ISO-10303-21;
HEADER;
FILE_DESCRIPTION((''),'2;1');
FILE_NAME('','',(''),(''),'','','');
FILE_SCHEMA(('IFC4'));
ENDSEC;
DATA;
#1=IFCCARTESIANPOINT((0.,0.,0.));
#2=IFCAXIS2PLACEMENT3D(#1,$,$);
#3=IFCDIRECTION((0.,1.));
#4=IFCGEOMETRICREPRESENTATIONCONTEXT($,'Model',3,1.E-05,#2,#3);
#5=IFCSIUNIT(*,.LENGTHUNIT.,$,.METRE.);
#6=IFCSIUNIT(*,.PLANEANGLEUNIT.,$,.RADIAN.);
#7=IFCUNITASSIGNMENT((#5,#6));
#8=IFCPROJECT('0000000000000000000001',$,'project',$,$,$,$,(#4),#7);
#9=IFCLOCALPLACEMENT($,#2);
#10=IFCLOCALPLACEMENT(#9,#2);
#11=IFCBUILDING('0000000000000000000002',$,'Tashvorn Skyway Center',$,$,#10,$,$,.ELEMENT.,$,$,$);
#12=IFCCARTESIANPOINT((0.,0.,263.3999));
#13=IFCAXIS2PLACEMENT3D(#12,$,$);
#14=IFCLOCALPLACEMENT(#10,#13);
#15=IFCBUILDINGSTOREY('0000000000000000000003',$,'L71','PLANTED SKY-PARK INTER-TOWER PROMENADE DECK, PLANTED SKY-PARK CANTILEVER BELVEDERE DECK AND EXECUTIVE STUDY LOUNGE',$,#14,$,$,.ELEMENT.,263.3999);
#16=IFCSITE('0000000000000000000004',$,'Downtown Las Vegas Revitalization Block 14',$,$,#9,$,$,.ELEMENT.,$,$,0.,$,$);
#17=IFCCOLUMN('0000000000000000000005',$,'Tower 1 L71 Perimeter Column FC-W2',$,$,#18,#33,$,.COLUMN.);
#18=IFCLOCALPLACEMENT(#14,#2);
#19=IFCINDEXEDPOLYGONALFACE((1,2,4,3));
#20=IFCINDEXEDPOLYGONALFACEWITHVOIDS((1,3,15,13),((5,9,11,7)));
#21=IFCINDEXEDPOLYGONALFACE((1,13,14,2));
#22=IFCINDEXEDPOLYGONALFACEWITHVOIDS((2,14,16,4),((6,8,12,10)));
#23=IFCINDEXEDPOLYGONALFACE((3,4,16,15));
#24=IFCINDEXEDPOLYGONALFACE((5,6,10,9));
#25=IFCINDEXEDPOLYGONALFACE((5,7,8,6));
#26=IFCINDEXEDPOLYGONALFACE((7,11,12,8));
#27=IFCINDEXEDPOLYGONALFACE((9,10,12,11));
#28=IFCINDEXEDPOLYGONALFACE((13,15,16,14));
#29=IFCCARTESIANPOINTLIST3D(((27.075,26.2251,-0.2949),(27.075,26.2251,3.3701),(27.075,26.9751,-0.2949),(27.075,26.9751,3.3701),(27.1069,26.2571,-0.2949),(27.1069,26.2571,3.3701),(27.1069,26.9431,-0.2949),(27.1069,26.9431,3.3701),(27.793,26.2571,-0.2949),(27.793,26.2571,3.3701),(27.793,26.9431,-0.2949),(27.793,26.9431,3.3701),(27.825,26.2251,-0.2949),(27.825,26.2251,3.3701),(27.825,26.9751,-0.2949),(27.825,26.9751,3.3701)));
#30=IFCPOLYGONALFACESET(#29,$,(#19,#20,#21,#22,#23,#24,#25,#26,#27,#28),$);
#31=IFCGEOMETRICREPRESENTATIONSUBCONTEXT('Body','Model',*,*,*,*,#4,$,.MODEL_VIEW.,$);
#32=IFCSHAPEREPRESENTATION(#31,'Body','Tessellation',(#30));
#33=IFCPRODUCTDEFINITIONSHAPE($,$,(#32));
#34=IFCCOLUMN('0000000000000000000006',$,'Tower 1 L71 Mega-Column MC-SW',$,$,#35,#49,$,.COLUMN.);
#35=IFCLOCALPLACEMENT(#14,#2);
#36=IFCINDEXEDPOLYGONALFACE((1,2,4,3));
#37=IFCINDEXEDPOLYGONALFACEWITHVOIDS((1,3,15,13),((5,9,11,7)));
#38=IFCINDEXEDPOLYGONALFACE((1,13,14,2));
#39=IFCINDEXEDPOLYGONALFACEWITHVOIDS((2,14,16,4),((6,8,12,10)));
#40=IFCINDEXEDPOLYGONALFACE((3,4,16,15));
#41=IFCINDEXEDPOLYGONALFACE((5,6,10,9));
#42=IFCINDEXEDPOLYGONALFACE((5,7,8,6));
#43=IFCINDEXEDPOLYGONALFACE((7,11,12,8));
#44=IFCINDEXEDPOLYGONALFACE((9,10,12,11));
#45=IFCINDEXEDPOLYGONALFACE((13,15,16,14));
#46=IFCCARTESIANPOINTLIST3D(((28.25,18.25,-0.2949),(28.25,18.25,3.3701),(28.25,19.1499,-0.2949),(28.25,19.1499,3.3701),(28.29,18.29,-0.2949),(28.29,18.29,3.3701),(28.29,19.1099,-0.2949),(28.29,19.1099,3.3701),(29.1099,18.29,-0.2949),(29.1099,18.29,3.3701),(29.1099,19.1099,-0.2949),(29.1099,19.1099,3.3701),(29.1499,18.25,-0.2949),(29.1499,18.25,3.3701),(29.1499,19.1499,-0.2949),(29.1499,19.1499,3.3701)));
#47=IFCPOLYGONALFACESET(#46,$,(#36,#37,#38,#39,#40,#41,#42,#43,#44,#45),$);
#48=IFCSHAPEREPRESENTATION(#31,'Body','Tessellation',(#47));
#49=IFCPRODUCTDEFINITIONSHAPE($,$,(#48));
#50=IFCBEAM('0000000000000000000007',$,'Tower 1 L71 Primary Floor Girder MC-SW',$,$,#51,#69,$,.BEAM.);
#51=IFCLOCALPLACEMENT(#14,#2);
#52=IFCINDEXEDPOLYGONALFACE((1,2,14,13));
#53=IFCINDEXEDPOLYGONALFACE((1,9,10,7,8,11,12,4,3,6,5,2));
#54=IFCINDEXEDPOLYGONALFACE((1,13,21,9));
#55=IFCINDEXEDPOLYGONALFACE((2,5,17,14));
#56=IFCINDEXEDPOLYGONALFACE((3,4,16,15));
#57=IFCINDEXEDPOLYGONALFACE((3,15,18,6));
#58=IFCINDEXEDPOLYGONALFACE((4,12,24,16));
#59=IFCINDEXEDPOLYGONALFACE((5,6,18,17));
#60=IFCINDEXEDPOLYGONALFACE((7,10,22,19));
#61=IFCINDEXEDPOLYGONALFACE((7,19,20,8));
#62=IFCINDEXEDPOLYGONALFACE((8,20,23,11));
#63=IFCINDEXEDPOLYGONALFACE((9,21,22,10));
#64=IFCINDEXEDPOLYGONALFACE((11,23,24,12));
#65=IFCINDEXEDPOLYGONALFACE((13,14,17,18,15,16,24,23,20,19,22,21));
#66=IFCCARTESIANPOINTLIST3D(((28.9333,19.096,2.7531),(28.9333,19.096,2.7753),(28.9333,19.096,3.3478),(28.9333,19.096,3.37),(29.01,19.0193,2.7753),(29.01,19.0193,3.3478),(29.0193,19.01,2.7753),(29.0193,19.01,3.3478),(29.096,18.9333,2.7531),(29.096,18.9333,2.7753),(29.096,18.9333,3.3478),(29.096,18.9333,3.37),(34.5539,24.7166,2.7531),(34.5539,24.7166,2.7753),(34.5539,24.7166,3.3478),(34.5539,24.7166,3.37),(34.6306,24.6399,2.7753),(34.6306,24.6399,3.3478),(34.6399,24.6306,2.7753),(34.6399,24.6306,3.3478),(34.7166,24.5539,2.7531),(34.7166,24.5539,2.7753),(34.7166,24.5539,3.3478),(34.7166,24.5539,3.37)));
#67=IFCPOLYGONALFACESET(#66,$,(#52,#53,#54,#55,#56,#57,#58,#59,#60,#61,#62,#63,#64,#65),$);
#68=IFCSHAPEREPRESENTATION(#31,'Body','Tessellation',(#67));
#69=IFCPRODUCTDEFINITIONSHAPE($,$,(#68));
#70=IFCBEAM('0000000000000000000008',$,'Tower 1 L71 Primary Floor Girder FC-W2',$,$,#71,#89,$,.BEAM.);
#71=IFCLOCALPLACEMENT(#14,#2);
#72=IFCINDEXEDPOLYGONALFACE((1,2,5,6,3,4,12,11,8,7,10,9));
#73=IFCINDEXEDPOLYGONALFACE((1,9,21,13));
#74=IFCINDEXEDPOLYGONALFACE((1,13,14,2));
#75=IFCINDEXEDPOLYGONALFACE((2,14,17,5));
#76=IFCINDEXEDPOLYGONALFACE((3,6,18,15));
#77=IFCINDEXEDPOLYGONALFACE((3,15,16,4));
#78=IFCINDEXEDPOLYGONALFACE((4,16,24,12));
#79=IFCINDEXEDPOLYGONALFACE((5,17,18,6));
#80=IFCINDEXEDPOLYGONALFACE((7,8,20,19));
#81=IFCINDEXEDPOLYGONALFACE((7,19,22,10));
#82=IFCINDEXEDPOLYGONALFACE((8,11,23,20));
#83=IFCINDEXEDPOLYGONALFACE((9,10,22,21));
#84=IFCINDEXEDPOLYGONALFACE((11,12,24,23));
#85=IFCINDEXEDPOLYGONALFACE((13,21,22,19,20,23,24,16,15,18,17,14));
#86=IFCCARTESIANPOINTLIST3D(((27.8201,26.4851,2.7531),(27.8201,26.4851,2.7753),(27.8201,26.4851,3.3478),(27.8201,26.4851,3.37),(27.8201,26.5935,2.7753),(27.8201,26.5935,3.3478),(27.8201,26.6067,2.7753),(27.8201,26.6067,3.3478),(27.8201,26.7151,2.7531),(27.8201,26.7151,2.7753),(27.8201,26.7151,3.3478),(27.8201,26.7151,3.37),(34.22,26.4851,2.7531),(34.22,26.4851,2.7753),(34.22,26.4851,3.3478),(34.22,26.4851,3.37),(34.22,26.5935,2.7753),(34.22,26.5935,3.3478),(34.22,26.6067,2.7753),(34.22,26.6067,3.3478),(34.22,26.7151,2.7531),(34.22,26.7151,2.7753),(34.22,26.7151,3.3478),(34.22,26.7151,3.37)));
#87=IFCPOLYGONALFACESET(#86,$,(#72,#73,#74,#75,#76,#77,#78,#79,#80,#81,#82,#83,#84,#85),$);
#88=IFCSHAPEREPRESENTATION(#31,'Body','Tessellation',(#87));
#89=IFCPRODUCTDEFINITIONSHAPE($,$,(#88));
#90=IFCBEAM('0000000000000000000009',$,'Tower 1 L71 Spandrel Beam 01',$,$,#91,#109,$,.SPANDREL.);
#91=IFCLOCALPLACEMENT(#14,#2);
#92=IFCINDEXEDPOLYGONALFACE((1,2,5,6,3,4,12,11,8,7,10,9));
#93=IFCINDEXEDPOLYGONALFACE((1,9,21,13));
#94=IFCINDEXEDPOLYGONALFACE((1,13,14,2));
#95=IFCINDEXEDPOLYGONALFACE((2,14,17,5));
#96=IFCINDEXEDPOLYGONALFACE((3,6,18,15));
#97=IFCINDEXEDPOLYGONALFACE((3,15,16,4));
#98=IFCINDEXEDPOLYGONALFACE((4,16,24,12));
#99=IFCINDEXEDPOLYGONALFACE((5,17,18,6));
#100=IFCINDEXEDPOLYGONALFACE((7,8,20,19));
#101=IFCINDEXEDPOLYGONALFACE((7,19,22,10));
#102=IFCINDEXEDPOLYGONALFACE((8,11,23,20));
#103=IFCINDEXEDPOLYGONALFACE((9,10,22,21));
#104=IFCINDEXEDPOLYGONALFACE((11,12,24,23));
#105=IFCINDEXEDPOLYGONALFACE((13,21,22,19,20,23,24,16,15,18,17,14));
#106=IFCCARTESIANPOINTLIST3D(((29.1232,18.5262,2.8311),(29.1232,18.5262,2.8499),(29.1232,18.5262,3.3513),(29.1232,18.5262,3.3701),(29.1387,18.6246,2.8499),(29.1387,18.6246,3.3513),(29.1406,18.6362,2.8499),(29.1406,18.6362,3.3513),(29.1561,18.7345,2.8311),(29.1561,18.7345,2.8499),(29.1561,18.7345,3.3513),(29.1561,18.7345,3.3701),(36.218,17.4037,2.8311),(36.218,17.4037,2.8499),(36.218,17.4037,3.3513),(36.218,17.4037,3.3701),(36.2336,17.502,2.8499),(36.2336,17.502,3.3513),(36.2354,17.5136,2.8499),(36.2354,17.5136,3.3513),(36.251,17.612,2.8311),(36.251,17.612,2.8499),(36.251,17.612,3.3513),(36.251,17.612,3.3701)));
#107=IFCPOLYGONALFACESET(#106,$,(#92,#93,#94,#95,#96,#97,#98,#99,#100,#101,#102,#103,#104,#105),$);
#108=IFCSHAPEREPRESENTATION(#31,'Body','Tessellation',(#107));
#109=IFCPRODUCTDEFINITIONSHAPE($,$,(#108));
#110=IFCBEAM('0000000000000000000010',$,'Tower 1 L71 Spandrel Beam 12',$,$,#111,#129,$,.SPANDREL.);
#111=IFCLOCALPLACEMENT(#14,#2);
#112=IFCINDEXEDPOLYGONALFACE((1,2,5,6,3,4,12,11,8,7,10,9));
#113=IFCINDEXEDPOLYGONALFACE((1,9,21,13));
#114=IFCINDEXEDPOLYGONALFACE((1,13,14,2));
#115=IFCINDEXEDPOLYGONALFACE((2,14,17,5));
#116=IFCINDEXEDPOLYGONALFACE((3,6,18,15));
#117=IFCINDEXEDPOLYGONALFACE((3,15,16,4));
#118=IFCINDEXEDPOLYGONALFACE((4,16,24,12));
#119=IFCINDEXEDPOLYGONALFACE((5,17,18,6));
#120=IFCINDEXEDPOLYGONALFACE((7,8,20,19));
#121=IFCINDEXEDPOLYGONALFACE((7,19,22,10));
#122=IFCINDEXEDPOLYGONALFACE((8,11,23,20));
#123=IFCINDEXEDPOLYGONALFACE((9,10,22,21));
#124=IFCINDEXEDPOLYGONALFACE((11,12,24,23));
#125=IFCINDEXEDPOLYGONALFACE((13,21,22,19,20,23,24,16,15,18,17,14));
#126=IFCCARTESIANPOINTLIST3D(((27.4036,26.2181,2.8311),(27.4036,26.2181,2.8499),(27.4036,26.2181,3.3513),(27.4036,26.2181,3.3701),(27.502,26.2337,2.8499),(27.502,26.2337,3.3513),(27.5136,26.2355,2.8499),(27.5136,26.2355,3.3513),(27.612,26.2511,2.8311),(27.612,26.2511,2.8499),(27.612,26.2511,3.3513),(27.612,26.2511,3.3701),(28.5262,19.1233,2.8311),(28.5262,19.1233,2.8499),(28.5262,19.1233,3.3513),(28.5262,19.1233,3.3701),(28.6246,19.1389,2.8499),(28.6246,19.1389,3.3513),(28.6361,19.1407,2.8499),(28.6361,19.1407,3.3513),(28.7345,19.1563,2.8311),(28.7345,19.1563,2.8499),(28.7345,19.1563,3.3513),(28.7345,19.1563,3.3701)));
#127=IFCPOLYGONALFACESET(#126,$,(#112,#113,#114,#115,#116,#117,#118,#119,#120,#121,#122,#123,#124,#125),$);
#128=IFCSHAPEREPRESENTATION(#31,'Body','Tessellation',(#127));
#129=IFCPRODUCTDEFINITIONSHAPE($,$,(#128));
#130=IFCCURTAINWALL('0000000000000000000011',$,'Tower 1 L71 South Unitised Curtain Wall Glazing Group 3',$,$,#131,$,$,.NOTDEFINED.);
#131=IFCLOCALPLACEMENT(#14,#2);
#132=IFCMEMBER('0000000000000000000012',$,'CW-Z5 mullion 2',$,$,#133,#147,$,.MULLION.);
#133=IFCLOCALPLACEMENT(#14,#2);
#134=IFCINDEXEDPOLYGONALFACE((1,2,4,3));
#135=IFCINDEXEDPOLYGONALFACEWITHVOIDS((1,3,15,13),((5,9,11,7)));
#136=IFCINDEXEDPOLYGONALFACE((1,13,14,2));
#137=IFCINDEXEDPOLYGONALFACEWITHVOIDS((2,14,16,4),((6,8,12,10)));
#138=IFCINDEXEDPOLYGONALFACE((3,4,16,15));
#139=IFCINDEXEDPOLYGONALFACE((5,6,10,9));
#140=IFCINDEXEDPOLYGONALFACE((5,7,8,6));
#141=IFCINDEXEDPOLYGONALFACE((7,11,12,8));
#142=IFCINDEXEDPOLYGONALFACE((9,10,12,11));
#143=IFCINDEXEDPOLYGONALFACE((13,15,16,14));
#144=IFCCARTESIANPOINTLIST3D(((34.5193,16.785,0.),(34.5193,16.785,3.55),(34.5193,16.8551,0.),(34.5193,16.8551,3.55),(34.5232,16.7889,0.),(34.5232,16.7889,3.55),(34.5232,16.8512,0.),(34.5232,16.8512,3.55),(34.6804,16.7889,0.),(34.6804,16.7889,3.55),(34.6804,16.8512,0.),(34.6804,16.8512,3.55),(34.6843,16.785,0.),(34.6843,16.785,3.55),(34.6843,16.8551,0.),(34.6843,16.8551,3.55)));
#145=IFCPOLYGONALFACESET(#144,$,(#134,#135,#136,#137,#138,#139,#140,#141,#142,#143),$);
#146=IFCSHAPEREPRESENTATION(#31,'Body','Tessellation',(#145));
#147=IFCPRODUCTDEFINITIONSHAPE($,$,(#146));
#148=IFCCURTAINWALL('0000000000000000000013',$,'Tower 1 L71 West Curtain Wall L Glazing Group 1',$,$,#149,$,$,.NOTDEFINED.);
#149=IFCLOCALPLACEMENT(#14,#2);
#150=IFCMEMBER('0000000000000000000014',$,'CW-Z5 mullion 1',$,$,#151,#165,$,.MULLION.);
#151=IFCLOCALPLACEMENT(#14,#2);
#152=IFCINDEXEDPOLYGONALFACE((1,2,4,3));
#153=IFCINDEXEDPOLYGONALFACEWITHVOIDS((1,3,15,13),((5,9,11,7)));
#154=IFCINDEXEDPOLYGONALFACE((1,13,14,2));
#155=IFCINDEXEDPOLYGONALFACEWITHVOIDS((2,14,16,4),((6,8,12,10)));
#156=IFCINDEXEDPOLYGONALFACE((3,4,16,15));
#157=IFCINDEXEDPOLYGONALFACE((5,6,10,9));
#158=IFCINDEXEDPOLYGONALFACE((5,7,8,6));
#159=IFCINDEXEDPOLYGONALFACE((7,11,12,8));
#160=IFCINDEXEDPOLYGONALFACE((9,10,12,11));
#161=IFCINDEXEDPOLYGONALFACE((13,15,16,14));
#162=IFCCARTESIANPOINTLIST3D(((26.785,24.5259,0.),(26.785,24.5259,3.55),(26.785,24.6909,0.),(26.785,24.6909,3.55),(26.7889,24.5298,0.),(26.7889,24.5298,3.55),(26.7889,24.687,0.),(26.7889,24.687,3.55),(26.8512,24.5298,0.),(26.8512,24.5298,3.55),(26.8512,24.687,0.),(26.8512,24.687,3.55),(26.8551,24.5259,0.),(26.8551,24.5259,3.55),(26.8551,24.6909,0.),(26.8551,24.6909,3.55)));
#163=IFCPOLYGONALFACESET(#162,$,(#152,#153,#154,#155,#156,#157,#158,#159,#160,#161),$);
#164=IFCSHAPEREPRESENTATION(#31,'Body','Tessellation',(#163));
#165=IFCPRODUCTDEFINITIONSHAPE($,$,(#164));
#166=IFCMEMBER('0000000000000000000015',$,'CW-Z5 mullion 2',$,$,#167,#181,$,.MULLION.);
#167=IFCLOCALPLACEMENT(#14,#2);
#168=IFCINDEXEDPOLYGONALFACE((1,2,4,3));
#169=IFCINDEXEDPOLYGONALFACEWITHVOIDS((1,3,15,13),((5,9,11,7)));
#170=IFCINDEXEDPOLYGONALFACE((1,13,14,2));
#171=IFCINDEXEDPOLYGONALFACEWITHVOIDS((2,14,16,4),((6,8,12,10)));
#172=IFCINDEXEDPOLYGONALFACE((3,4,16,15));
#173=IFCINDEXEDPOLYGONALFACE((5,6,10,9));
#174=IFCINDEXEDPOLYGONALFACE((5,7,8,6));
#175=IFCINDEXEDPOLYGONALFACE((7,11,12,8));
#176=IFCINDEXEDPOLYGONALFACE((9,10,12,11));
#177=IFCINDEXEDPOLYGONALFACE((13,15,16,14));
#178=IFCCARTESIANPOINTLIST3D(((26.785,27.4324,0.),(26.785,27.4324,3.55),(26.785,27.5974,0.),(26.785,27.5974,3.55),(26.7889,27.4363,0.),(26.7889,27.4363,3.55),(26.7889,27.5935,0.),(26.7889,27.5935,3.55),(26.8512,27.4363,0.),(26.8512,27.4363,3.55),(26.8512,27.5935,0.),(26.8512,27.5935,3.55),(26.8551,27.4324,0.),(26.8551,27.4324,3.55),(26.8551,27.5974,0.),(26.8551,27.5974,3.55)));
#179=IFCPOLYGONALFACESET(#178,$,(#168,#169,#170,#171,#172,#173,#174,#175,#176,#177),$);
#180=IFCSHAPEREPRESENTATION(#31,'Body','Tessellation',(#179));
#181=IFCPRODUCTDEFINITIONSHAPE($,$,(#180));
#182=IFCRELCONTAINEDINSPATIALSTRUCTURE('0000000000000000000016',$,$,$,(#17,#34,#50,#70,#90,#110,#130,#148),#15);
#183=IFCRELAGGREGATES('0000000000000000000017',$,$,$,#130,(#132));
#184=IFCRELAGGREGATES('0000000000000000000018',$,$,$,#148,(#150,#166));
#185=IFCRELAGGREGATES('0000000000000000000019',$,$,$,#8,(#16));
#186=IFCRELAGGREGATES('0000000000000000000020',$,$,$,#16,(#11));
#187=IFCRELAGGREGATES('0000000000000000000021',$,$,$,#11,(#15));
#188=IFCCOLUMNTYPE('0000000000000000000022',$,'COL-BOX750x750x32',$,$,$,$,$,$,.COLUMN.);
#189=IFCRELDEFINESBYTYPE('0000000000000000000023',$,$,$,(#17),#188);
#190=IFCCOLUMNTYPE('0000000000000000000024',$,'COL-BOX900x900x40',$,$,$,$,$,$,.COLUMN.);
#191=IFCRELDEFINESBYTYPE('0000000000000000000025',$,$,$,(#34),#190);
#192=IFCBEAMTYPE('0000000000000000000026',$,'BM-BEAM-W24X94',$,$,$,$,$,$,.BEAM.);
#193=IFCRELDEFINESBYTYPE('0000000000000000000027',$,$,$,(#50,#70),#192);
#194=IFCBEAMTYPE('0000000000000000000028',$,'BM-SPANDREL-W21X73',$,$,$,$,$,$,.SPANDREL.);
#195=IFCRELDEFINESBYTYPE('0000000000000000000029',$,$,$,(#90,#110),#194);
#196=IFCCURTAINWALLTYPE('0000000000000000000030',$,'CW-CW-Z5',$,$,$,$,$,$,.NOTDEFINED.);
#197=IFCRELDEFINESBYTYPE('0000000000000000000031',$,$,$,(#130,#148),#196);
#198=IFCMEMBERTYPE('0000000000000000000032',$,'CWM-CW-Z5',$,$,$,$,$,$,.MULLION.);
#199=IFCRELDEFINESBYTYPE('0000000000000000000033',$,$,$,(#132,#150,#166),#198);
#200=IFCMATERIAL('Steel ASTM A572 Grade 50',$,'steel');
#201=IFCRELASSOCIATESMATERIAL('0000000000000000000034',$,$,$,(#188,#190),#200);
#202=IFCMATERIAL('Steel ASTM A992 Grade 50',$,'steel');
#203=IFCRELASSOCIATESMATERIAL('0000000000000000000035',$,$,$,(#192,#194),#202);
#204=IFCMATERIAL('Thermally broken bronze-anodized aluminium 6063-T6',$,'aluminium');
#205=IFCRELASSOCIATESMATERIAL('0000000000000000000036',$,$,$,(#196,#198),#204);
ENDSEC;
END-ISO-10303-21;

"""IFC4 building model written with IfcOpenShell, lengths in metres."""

from ifc_helpers import new_model, si_unit, direction, frame, origin, origin_2d, place, context, subcontext, project, spatial, hollow_rectangle, i_section, extrude, material, material_profile, profile_set, type_object, element, aggregate, save


model = new_model("IFC4")

# Units and contexts
model_context = context("Model", 3, precision=1e-05, world=origin(), true_north=direction((0.0, 1.0)))
body_context = subcontext(model_context, "Body", "Model", "MODEL_VIEW")
ifc_project = project(units=[si_unit("LENGTHUNIT", "METRE"), si_unit("PLANEANGLEUNIT", "RADIAN")], contexts=[model_context])

# Site, building, storey
site_placement = place(None, origin())
site = spatial("IfcSite", under=ifc_project, at=site_placement, Name="Downtown Las Vegas Revitalization Block 14", CompositionType="ELEMENT", RefElevation=0.0)
building_placement = place(site_placement, origin())
building = spatial("IfcBuilding", under=site, at=building_placement, Name="Tashvorn Skyway Center", CompositionType="ELEMENT")
storey_placement = place(building_placement, frame((0.0, 0.0, 263.3999)))
storey = spatial("IfcBuildingStorey", under=building, at=storey_placement, Name="L71", Description="PLANTED SKY-PARK INTER-TOWER PROMENADE DECK, PLANTED SKY-PARK CANTILEVER BELVEDERE DECK AND EXECUTIVE STUDY LOUNGE", CompositionType="ELEMENT", Elevation=263.3999)

# Columns
ifc_material_1 = material(Name="Steel ASTM A572 Grade 50", Category="steel")
ifc_material_profile_1 = material_profile(ifc_material_1, hollow_rectangle(XDim=0.75, YDim=0.75, WallThickness=0.032, at=origin_2d()), Name="BOX750x750x32")
ifc_profile_set_1 = profile_set([ifc_material_profile_1], Name="Steel ASTM A572 Grade 50")
column_type_1 = type_object("IfcColumnType", Name="COL-BOX750x750x32", PredefinedType="COLUMN", material=ifc_profile_set_1)
column_1_placement = place(storey_placement, frame((27.45, 26.6001, -0.2949), z_axis=(0.0, 0.0, 1.0), x_axis=(1.0, 0.0, 0.0)))
element("IfcColumn", 1, at=column_1_placement, inside=storey, type_object=column_type_1, Name="Tower 1 L71 Perimeter Column FC-W2", PredefinedType="COLUMN", context=body_context, shape_type="SweptSolid", body=[
    extrude(hollow_rectangle(XDim=0.75, YDim=0.75, WallThickness=0.032, at=origin_2d()), origin(), (0.0, 0.0, 1.0), 3.665),
])
ifc_material_profile_2 = material_profile(ifc_material_1, hollow_rectangle(XDim=0.8999, YDim=0.8999, WallThickness=0.04, at=origin_2d()), Name="BOX900x900x40")
ifc_profile_set_2 = profile_set([ifc_material_profile_2], Name="Steel ASTM A572 Grade 50")
column_type_2 = type_object("IfcColumnType", Name="COL-BOX900x900x40", PredefinedType="COLUMN", material=ifc_profile_set_2)
column_2_placement = place(storey_placement, frame((28.7, 18.7, -0.2949), z_axis=(0.0, 0.0, 1.0), x_axis=(1.0, 0.0, 0.0)))
element("IfcColumn", 2, at=column_2_placement, inside=storey, type_object=column_type_2, Name="Tower 1 L71 Mega-Column MC-SW", PredefinedType="COLUMN", context=body_context, shape_type="SweptSolid", body=[
    extrude(hollow_rectangle(XDim=0.8999, YDim=0.8999, WallThickness=0.04, at=origin_2d()), origin(), (0.0, 0.0, 1.0), 3.665),
])

# Beams
ifc_material_2 = material(Name="Steel ASTM A992 Grade 50", Category="steel")
ifc_material_profile_3 = material_profile(ifc_material_2, i_section(OverallWidth=0.23, OverallDepth=0.6169, WebThickness=0.0132, FlangeThickness=0.0222, at=origin_2d()), Name="W24X94")
ifc_profile_set_3 = profile_set([ifc_material_profile_3], Name="Steel ASTM A992 Grade 50")
beam_type_1 = type_object("IfcBeamType", Name="BM-BEAM-W24X94", PredefinedType="BEAM", material=ifc_profile_set_3)
beam_1_placement = place(storey_placement, frame((29.0146, 19.0146, 3.0615), z_axis=(0.707107, 0.707107, 0.0), x_axis=(-0.707107, 0.707107, 0.0)))
element("IfcBeam", 3, at=beam_1_placement, inside=storey, type_object=beam_type_1, Name="Tower 1 L71 Primary Floor Girder MC-SW", PredefinedType="BEAM", context=body_context, shape_type="SweptSolid", body=[
    extrude(i_section(OverallWidth=0.23, OverallDepth=0.6169, WebThickness=0.0132, FlangeThickness=0.0222, at=origin_2d()), origin(), (0.0, 0.0, 1.0), 7.9487),
])
beam_2_placement = place(storey_placement, frame((27.8201, 26.6001, 3.0615), z_axis=(1.0, 0.0, 0.0), x_axis=(0.0, 1.0, 0.0)))
element("IfcBeam", 4, at=beam_2_placement, inside=storey, type_object=beam_type_1, Name="Tower 1 L71 Primary Floor Girder FC-W2", PredefinedType="BEAM", context=body_context, shape_type="SweptSolid", body=[
    extrude(i_section(OverallWidth=0.23, OverallDepth=0.6169, WebThickness=0.0132, FlangeThickness=0.0222, at=origin_2d()), origin(), (0.0, 0.0, 1.0), 6.3999),
])
ifc_material_profile_4 = material_profile(ifc_material_2, i_section(OverallWidth=0.2109, OverallDepth=0.5391, WebThickness=0.0117, FlangeThickness=0.0188, at=origin_2d()), Name="W21X73")
ifc_profile_set_4 = profile_set([ifc_material_profile_4], Name="Steel ASTM A992 Grade 50")
beam_type_2 = type_object("IfcBeamType", Name="BM-SPANDREL-W21X73", PredefinedType="SPANDREL", material=ifc_profile_set_4)
for number, where, z_axis, x_axis, name in (
    (5, (29.1396, 18.6304, 3.1006), (0.987714, -0.156275, 0.0), (0.156275, 0.987714, 0.0), "Tower 1 L71 Spandrel Beam 01"),
    (6, (27.5078, 26.2346, 3.1006), (0.156275, -0.987714, 0.0), (0.987714, 0.156275, 0.0), "Tower 1 L71 Spandrel Beam 12"),
):
    element("IfcBeam", number, at=place(storey_placement, frame(where, z_axis=z_axis, x_axis=x_axis)), inside=storey, type_object=beam_type_2, Name=name, PredefinedType="SPANDREL", context=body_context, shape_type="SweptSolid", body=[
        extrude(i_section(OverallWidth=0.2109, OverallDepth=0.5391, WebThickness=0.0117, FlangeThickness=0.0188, at=origin_2d()), origin(), (0.0, 0.0, 1.0), 7.1831),
    ])

# Curtain wall, member
ifc_material_3 = material(Name="Thermally broken bronze-anodized aluminium 6063-T6", Category="aluminium")
curtain_wall_type = type_object("IfcCurtainWallType", Name="CW-CW-Z5", PredefinedType="NOTDEFINED", material=ifc_material_3)
curtain_wall_1_placement = place(storey_placement, origin())
curtain_wall_1 = element("IfcCurtainWall", 7, at=curtain_wall_1_placement, inside=storey, type_object=curtain_wall_type, Name="Tower 1 L71 South Unitised Curtain Wall Glazing Group 3", PredefinedType="NOTDEFINED")
ifc_material_profile_5 = material_profile(ifc_material_3, hollow_rectangle(XDim=0.0701, YDim=0.165, WallThickness=0.0039, at=origin_2d()), Name="ALU-MULL-70x165")
ifc_profile_set_5 = profile_set([ifc_material_profile_5], Name="Thermally broken bronze-anodized aluminium 6063-T6")
member_type_1 = type_object("IfcMemberType", Name="CWM-CW-Z5", PredefinedType="MULLION", material=ifc_profile_set_5)
member_1_placement = place(storey_placement, frame((34.6018, 16.8201, 0.0), z_axis=(0.0, 0.0, 1.0), x_axis=(0.0, -1.0, 0.0)))
member_1 = element("IfcMember", 8, at=member_1_placement, type_object=member_type_1, Name="CW-Z5 mullion 2", PredefinedType="MULLION", context=body_context, shape_type="SweptSolid", body=[
    extrude(hollow_rectangle(XDim=0.0701, YDim=0.165, WallThickness=0.0039, at=origin_2d()), origin(), (0.0, 0.0, 1.0), 3.55),
])
aggregate(curtain_wall_1, [member_1])

# Curtain wall, members
curtain_wall_2_placement = place(storey_placement, origin())
curtain_wall_2 = element("IfcCurtainWall", 9, at=curtain_wall_2_placement, inside=storey, type_object=curtain_wall_type, Name="Tower 1 L71 West Curtain Wall L Glazing Group 1", PredefinedType="NOTDEFINED")
member_2_placement = place(storey_placement, frame((26.8201, 24.6084, 0.0), z_axis=(0.0, 0.0, 1.0), x_axis=(-1.0, 0.0, 0.0)))
member_2 = element("IfcMember", 10, at=member_2_placement, type_object=member_type_1, Name="CW-Z5 mullion 1", PredefinedType="MULLION", context=body_context, shape_type="SweptSolid", body=[
    extrude(hollow_rectangle(XDim=0.0701, YDim=0.165, WallThickness=0.0039, at=origin_2d()), origin(), (0.0, 0.0, 1.0), 3.55),
])
member_3_placement = place(storey_placement, frame((26.8201, 27.5149, 0.0), z_axis=(0.0, 0.0, 1.0), x_axis=(-1.0, 0.0, 0.0)))
member_3 = element("IfcMember", 11, at=member_3_placement, type_object=member_type_1, Name="CW-Z5 mullion 2", PredefinedType="MULLION", context=body_context, shape_type="SweptSolid", body=[
    extrude(hollow_rectangle(XDim=0.0701, YDim=0.165, WallThickness=0.0039, at=origin_2d()), origin(), (0.0, 0.0, 1.0), 3.55),
])

aggregate(curtain_wall_2, [member_2, member_3])

save(model, "model.ifc")
